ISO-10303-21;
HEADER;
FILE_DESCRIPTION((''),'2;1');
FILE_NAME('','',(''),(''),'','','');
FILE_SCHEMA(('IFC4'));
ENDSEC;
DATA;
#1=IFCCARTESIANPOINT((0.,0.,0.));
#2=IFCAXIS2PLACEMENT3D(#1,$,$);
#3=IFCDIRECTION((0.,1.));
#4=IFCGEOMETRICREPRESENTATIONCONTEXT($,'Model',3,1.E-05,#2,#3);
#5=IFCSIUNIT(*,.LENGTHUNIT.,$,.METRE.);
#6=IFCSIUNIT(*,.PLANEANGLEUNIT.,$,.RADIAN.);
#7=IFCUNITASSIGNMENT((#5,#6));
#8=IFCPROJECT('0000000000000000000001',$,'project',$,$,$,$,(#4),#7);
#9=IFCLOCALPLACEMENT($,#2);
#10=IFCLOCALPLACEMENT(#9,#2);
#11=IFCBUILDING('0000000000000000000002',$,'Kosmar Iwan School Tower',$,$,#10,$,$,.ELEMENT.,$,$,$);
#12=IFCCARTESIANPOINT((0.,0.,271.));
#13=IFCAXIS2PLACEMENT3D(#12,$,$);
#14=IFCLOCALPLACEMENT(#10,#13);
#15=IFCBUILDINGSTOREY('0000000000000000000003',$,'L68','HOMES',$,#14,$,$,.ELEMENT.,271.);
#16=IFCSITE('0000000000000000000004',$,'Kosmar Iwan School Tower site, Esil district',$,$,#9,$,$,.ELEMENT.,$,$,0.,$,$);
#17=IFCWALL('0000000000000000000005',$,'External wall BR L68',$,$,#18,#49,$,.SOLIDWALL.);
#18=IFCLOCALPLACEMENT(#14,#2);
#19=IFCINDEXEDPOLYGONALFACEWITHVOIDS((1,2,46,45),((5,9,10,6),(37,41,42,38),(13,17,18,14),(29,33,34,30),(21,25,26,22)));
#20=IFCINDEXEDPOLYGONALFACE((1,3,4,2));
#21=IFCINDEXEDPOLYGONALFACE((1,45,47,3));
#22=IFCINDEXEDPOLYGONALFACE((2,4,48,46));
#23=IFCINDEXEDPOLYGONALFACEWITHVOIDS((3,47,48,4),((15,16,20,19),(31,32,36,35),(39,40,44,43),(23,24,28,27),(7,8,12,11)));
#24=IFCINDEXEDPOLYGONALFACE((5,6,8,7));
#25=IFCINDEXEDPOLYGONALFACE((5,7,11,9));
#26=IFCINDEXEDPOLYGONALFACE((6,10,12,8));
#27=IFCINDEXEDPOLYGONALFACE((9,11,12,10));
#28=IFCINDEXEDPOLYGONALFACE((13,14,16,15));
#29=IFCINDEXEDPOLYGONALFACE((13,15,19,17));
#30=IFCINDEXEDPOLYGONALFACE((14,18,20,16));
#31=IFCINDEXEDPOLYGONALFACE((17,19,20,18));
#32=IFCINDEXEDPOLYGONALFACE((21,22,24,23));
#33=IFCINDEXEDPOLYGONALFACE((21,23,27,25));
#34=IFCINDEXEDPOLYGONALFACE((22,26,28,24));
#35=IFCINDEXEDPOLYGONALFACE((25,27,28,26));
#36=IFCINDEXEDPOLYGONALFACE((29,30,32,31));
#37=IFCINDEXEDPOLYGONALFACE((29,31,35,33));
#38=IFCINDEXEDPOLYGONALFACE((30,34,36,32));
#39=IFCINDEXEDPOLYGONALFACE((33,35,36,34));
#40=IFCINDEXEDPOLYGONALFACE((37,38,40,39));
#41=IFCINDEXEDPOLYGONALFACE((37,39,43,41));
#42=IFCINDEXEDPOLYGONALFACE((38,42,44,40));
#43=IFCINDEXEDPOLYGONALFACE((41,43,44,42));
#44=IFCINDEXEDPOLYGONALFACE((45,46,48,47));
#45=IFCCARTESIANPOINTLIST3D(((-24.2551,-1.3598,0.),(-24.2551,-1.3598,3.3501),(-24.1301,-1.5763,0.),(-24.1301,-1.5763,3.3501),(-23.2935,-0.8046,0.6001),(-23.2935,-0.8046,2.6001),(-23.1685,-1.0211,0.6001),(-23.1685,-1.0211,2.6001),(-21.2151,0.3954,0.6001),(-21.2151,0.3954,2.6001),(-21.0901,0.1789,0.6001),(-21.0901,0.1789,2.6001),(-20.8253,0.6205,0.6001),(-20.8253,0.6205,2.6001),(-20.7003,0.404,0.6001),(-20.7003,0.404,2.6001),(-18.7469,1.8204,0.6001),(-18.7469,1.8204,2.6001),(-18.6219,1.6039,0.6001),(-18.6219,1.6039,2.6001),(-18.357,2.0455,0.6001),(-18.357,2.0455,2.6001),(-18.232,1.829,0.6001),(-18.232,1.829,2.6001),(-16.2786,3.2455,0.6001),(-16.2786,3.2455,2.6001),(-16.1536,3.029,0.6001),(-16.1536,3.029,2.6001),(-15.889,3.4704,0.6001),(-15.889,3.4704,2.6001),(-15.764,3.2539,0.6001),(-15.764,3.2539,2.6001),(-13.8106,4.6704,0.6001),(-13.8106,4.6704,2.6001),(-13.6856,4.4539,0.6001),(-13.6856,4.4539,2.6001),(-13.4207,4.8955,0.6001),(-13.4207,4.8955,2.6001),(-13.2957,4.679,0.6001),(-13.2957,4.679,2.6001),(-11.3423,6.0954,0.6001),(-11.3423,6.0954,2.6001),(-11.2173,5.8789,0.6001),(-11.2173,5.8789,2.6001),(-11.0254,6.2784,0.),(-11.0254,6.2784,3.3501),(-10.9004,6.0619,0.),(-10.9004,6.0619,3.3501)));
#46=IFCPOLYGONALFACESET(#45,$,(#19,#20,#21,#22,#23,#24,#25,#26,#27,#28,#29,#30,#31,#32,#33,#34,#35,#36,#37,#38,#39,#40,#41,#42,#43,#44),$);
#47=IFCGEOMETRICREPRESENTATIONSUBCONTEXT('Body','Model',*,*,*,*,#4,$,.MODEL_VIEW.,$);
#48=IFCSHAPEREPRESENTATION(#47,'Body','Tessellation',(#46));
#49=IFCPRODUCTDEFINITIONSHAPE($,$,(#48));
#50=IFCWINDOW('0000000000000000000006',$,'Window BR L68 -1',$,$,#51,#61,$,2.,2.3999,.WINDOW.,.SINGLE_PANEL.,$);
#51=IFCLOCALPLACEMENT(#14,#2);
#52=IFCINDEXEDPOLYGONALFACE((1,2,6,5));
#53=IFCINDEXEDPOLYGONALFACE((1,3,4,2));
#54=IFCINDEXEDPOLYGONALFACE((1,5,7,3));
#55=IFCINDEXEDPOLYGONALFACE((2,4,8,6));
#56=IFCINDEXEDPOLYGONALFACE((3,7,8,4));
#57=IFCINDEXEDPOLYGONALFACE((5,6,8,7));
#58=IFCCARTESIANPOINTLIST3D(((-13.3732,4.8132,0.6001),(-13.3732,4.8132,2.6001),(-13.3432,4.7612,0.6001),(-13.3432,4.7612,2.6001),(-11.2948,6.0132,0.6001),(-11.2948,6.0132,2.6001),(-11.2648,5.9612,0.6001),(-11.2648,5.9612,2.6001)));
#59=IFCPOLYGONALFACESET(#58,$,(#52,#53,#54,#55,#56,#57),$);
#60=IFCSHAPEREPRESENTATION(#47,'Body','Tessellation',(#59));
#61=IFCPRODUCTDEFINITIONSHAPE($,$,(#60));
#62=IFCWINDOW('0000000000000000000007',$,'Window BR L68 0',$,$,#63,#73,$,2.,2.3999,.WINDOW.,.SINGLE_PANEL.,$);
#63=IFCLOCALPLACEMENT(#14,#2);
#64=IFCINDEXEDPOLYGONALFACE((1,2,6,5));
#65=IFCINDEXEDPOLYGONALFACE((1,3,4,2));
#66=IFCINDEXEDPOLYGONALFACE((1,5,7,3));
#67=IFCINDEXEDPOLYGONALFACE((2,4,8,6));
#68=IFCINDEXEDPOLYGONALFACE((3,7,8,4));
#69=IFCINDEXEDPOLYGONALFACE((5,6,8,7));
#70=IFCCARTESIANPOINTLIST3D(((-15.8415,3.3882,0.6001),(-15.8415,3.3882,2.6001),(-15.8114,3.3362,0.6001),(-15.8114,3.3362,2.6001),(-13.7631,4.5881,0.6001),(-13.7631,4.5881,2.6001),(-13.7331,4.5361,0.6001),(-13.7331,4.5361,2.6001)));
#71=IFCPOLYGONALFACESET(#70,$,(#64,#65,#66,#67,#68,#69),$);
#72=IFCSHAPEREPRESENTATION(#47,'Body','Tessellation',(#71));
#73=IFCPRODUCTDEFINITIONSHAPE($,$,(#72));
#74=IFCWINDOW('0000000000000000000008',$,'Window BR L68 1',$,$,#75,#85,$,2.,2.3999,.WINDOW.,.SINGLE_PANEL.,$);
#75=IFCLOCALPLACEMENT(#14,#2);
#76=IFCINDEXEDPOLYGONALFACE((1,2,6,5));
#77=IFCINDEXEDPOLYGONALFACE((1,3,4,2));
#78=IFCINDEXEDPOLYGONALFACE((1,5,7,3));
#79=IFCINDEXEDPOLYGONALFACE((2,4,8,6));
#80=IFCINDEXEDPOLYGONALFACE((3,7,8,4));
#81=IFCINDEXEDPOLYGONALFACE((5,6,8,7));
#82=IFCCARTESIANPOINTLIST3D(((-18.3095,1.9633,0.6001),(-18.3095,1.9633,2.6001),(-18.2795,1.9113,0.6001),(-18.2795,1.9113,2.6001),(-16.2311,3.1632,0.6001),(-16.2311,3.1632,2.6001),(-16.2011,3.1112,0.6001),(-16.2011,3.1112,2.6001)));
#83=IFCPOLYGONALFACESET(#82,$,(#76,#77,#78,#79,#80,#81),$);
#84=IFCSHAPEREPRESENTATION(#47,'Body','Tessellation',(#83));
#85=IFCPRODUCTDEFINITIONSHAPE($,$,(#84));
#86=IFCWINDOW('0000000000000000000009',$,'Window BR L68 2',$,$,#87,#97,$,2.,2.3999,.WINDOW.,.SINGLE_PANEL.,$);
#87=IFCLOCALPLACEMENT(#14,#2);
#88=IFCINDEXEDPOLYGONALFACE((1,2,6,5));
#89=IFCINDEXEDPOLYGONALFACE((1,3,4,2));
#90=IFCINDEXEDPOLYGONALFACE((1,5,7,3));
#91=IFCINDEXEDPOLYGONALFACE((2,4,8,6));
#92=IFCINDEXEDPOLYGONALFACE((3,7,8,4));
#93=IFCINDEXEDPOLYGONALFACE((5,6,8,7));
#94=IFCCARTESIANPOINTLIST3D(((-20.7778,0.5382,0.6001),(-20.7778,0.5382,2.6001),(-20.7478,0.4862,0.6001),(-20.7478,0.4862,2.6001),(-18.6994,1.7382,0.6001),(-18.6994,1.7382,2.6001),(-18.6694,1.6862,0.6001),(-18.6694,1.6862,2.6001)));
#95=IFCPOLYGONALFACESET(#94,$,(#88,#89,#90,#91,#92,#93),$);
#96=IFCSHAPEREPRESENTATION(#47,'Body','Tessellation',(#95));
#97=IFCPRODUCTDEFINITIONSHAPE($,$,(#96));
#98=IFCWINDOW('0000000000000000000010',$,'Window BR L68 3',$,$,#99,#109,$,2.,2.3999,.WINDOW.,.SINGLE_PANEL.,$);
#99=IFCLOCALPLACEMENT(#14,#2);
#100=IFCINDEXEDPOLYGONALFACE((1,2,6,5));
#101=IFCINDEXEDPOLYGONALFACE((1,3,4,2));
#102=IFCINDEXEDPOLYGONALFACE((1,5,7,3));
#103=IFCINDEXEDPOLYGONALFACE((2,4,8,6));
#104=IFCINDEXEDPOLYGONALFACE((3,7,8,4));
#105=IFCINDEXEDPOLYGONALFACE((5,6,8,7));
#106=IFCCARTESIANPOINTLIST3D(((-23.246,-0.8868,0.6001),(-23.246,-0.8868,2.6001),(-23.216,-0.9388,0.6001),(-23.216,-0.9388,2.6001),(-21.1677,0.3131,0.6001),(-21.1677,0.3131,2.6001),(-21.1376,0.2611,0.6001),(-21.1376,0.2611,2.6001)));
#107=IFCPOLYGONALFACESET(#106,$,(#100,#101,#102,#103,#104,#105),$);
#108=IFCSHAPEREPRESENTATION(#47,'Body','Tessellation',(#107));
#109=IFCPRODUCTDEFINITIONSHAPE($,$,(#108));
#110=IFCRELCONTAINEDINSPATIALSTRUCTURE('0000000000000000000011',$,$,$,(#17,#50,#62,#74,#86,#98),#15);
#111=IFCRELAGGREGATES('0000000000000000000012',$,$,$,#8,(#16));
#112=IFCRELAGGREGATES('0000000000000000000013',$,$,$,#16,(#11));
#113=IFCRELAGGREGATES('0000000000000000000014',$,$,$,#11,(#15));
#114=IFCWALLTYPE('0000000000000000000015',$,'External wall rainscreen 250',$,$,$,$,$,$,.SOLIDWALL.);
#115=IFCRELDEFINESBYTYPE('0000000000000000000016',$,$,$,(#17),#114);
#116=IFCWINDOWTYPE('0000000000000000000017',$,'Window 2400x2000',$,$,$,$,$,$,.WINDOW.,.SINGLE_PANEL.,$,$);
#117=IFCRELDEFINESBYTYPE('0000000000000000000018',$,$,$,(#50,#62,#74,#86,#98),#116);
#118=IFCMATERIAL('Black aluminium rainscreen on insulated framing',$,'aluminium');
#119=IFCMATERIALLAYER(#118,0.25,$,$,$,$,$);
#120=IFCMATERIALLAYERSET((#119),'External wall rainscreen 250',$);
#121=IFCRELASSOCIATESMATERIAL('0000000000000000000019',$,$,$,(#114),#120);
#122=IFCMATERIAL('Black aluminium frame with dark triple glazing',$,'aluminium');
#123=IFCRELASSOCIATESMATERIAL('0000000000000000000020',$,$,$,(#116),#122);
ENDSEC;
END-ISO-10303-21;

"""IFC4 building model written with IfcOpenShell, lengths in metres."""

from ifc_helpers import new_model, si_unit, direction, frame, frame_2d, origin, place, context, subcontext, project, spatial, rectangle, extrude, material, layer, layer_set, type_object, element, fill, save


model = new_model("IFC4")

# Units and contexts
model_context = context("Model", 3, precision=1e-05, world=origin(), true_north=direction((0.0, 1.0)))
body_context = subcontext(model_context, "Body", "Model", "MODEL_VIEW")
ifc_project = project(units=[si_unit("LENGTHUNIT", "METRE"), si_unit("PLANEANGLEUNIT", "RADIAN")], contexts=[model_context])

# Site, building, storey
site_placement = place(None, origin())
site = spatial("IfcSite", under=ifc_project, at=site_placement, Name="Kosmar Iwan School Tower site, Esil district", CompositionType="ELEMENT", RefElevation=0.0)
building_placement = place(site_placement, origin())
building = spatial("IfcBuilding", under=site, at=building_placement, Name="Kosmar Iwan School Tower", CompositionType="ELEMENT")
storey_placement = place(building_placement, frame((0.0, 0.0, 271.0)))
storey = spatial("IfcBuildingStorey", under=building, at=storey_placement, Name="L68", Description="HOMES", CompositionType="ELEMENT", Elevation=271.0)

# Wall, openings, windows
ifc_material_1 = material(Name="Black aluminium rainscreen on insulated framing", Category="aluminium")
ifc_layer = layer(ifc_material_1, 0.25)
ifc_layer_set = layer_set([ifc_layer], Name="External wall rainscreen 250")
wall_type = type_object("IfcWallType", Name="External wall rainscreen 250", PredefinedType="SOLIDWALL", material=ifc_layer_set)
ifc_material_2 = material(Name="Black aluminium frame with dark triple glazing", Category="aluminium")
window_type = type_object("IfcWindowType", Name="Window 2400x2000", PartitioningType="SINGLE_PANEL", PredefinedType="WINDOW", material=ifc_material_2)
wall_1_placement = place(storey_placement, frame((-10.9629, 6.1702, 0.0), z_axis=(0.0, 0.0, 1.0), x_axis=(-0.866026, -0.5, 0.0)))
wall_1 = element("IfcWall", 1, at=wall_1_placement, inside=storey, type_object=wall_type, Name="External wall BR L68", PredefinedType="SOLIDWALL", context=body_context, shape_type="SweptSolid", body=[
    extrude(rectangle(XDim=15.2764, YDim=0.25, at=frame_2d((7.6382, 0.0))), origin(), (0.0, 0.0, 1.0), 3.3501),
])
opening_1_placement = place(wall_1_placement, frame((0.366, 0.0, 0.6001)))
opening_1 = element("IfcOpeningElement", 2, at=opening_1_placement, cuts=wall_1, PredefinedType="OPENING", context=body_context, shape_type="SweptSolid", body=[
    extrude(rectangle(XDim=2.3999, YDim=2.0, at=frame_2d((1.2, 1.0))), frame((0.0, 0.137, 0.0), z_axis=(0.0, -1.0, 0.0), x_axis=(1.0, 0.0, 0.0)), (0.0, 0.0, 1.0), 0.2739),
])
opening_2_placement = place(wall_1_placement, frame((3.2161, 0.0, 0.6001)))
opening_2 = element("IfcOpeningElement", 3, at=opening_2_placement, cuts=wall_1, PredefinedType="OPENING", context=body_context, shape_type="SweptSolid", body=[
    extrude(rectangle(XDim=2.3999, YDim=2.0, at=frame_2d((1.2, 1.0))), frame((0.0, 0.137, 0.0), z_axis=(0.0, -1.0, 0.0), x_axis=(1.0, 0.0, 0.0)), (0.0, 0.0, 1.0), 0.2739),
])
opening_3_placement = place(wall_1_placement, frame((6.0659, 0.0, 0.6001)))
opening_3 = element("IfcOpeningElement", 4, at=opening_3_placement, cuts=wall_1, PredefinedType="OPENING", context=body_context, shape_type="SweptSolid", body=[
    extrude(rectangle(XDim=2.3999, YDim=2.0, at=frame_2d((1.2, 1.0))), frame((0.0, 0.137, 0.0), z_axis=(0.0, -1.0, 0.0), x_axis=(1.0, 0.0, 0.0)), (0.0, 0.0, 1.0), 0.2739),
])
opening_4_placement = place(wall_1_placement, frame((8.916, 0.0, 0.6001)))
opening_4 = element("IfcOpeningElement", 5, at=opening_4_placement, cuts=wall_1, PredefinedType="OPENING", context=body_context, shape_type="SweptSolid", body=[
    extrude(rectangle(XDim=2.3999, YDim=2.0, at=frame_2d((1.2, 1.0))), frame((0.0, 0.137, 0.0), z_axis=(0.0, -1.0, 0.0), x_axis=(1.0, 0.0, 0.0)), (0.0, 0.0, 1.0), 0.2739),
])
opening_5_placement = place(wall_1_placement, frame((11.7661, 0.0, 0.6001)))
opening_5 = element("IfcOpeningElement", 6, at=opening_5_placement, cuts=wall_1, PredefinedType="OPENING", context=body_context, shape_type="SweptSolid", body=[
    extrude(rectangle(XDim=2.3999, YDim=2.0, at=frame_2d((1.2, 1.0))), frame((0.0, 0.137, 0.0), z_axis=(0.0, -1.0, 0.0), x_axis=(1.0, 0.0, 0.0)), (0.0, 0.0, 1.0), 0.2739),
])
window_1_placement = place(opening_1_placement, origin())
window_1 = element("IfcWindow", 7, at=window_1_placement, inside=storey, type_object=window_type, Name="Window BR L68 -1", OverallHeight=2.0, OverallWidth=2.3999, PartitioningType="SINGLE_PANEL", PredefinedType="WINDOW", context=body_context, shape_type="SweptSolid", body=[
    extrude(rectangle(XDim=2.3999, YDim=2.0, at=frame_2d((1.2, 1.0))), frame((0.0, 0.03, 0.0), z_axis=(0.0, -1.0, 0.0), x_axis=(1.0, 0.0, 0.0)), (0.0, 0.0, 1.0), 0.0601),
])
fill(opening_1, window_1)
window_2_placement = place(opening_2_placement, origin())
window_2 = element("IfcWindow", 8, at=window_2_placement, inside=storey, type_object=window_type, Name="Window BR L68 0", OverallHeight=2.0, OverallWidth=2.3999, PartitioningType="SINGLE_PANEL", PredefinedType="WINDOW", context=body_context, shape_type="SweptSolid", body=[
    extrude(rectangle(XDim=2.3999, YDim=2.0, at=frame_2d((1.2, 1.0))), frame((0.0, 0.03, 0.0), z_axis=(0.0, -1.0, 0.0), x_axis=(1.0, 0.0, 0.0)), (0.0, 0.0, 1.0), 0.0601),
])
fill(opening_2, window_2)
window_3_placement = place(opening_3_placement, origin())
window_3 = element("IfcWindow", 9, at=window_3_placement, inside=storey, type_object=window_type, Name="Window BR L68 1", OverallHeight=2.0, OverallWidth=2.3999, PartitioningType="SINGLE_PANEL", PredefinedType="WINDOW", context=body_context, shape_type="SweptSolid", body=[
    extrude(rectangle(XDim=2.3999, YDim=2.0, at=frame_2d((1.2, 1.0))), frame((0.0, 0.03, 0.0), z_axis=(0.0, -1.0, 0.0), x_axis=(1.0, 0.0, 0.0)), (0.0, 0.0, 1.0), 0.0601),
])
fill(opening_3, window_3)
window_4_placement = place(opening_4_placement, origin())
window_4 = element("IfcWindow", 10, at=window_4_placement, inside=storey, type_object=window_type, Name="Window BR L68 2", OverallHeight=2.0, OverallWidth=2.3999, PartitioningType="SINGLE_PANEL", PredefinedType="WINDOW", context=body_context, shape_type="SweptSolid", body=[
    extrude(rectangle(XDim=2.3999, YDim=2.0, at=frame_2d((1.2, 1.0))), frame((0.0, 0.03, 0.0), z_axis=(0.0, -1.0, 0.0), x_axis=(1.0, 0.0, 0.0)), (0.0, 0.0, 1.0), 0.0601),
])
fill(opening_4, window_4)
window_5_placement = place(opening_5_placement, origin())
window_5 = element("IfcWindow", 11, at=window_5_placement, inside=storey, type_object=window_type, Name="Window BR L68 3", OverallHeight=2.0, OverallWidth=2.3999, PartitioningType="SINGLE_PANEL", PredefinedType="WINDOW", context=body_context, shape_type="SweptSolid", body=[
    extrude(rectangle(XDim=2.3999, YDim=2.0, at=frame_2d((1.2, 1.0))), frame((0.0, 0.03, 0.0), z_axis=(0.0, -1.0, 0.0), x_axis=(1.0, 0.0, 0.0)), (0.0, 0.0, 1.0), 0.0601),
])
fill(opening_5, window_5)

save(model, "model.ifc")
